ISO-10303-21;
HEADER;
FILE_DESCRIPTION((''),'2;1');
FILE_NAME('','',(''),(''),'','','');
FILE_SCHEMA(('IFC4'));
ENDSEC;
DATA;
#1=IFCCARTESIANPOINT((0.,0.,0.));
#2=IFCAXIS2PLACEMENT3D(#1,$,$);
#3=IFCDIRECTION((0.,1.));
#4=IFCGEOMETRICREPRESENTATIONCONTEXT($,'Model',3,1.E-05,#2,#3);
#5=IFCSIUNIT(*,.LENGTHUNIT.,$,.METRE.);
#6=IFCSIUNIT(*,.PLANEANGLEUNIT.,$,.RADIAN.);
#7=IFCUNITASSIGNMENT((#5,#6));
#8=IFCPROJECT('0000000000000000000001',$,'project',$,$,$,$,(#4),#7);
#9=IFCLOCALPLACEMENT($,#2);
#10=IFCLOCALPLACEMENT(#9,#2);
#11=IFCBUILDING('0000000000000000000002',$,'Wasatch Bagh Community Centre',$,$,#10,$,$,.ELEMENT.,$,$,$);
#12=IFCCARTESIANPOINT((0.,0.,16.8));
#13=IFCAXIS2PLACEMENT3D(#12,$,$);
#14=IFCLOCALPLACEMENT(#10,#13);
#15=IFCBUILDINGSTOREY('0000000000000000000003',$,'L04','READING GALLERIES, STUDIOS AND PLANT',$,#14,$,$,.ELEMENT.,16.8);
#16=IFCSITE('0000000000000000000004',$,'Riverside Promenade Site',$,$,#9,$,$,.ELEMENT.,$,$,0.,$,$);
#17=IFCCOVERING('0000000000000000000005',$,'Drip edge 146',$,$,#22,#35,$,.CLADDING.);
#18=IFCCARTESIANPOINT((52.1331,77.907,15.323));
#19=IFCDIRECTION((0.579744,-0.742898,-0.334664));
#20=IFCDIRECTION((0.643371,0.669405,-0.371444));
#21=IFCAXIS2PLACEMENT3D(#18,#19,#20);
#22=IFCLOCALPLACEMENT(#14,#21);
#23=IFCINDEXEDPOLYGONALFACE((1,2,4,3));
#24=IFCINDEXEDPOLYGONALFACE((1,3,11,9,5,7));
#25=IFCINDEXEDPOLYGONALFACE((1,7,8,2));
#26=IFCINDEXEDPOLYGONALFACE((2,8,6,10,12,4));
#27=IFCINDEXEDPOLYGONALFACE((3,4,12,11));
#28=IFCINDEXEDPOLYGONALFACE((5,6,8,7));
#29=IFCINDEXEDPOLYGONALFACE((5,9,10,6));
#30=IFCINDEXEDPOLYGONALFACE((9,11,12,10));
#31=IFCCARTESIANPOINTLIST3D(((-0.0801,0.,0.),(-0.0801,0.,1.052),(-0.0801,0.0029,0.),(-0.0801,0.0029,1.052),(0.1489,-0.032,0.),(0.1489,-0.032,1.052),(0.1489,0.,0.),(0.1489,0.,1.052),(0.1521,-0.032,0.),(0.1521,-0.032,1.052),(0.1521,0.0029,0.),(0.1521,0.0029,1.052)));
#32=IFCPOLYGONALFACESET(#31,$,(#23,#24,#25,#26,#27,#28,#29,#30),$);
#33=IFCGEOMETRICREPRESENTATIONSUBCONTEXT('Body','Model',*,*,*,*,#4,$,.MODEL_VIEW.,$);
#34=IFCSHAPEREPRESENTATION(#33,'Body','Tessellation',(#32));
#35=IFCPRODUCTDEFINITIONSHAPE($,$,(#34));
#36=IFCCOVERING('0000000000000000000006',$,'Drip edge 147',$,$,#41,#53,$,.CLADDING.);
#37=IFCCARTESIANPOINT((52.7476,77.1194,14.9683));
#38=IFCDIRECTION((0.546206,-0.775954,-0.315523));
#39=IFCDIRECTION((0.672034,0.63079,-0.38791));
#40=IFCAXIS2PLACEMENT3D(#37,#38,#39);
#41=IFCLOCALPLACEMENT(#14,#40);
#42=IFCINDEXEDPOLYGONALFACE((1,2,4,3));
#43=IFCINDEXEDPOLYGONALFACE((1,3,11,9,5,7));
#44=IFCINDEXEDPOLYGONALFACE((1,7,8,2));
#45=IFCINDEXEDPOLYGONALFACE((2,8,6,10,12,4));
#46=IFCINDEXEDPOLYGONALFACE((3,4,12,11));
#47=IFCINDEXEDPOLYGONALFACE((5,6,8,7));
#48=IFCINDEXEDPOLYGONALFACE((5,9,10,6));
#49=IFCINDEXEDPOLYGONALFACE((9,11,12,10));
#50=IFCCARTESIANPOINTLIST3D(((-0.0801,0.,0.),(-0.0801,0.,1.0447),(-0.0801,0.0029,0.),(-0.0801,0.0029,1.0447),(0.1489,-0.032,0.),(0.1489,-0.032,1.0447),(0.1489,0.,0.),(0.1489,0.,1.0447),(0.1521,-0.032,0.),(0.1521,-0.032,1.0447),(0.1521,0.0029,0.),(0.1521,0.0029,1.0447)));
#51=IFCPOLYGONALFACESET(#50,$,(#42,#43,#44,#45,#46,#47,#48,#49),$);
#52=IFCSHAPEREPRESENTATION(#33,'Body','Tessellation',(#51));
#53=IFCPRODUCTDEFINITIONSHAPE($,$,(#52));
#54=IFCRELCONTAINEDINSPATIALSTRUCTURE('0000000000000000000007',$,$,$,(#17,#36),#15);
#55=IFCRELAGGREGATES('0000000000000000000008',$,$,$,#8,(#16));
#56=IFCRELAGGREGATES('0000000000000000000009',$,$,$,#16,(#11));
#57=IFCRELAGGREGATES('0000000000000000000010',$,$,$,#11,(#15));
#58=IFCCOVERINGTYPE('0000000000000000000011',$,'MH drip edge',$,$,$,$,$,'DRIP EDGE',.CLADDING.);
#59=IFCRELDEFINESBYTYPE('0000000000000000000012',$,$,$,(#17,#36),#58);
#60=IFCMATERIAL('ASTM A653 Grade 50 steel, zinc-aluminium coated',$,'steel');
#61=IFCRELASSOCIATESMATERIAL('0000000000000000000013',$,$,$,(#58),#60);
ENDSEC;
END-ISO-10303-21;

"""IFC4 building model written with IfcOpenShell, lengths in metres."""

from ifc_helpers import new_model, si_unit, direction, frame, origin, place, context, subcontext, project, spatial, polyline, outline, extrude, material, material_profile, profile_set, type_object, element, save


model = new_model("IFC4")

# Units and contexts
model_context = context("Model", 3, precision=1e-05, world=origin(), true_north=direction((0.0, 1.0)))
body_context = subcontext(model_context, "Body", "Model", "MODEL_VIEW")
ifc_project = project(units=[si_unit("LENGTHUNIT", "METRE"), si_unit("PLANEANGLEUNIT", "RADIAN")], contexts=[model_context])

# Site, building, storey
site_placement = place(None, origin())
site = spatial("IfcSite", under=ifc_project, at=site_placement, Name="Riverside Promenade Site", CompositionType="ELEMENT", RefElevation=0.0)
building_placement = place(site_placement, origin())
building = spatial("IfcBuilding", under=site, at=building_placement, Name="Wasatch Bagh Community Centre", CompositionType="ELEMENT")
storey_placement = place(building_placement, frame((0.0, 0.0, 16.8)))
storey = spatial("IfcBuildingStorey", under=building, at=storey_placement, Name="L04", Description="READING GALLERIES, STUDIOS AND PLANT", CompositionType="ELEMENT", Elevation=16.8)

# Coverings
ifc_material_1 = material(Name="ASTM A653 Grade 50 steel, zinc-aluminium coated", Category="steel")
ifc_material_profile_1 = material_profile(ifc_material_1, outline(polyline([(-0.0801, 0.0029), (0.1521, 0.0029), (0.1521, -0.032), (0.1489, -0.032), (0.1489, 0.0), (-0.0801, 0.0), (-0.0801, 0.0029)])), Name="DRIP EDGE")
ifc_profile_set_1 = profile_set([ifc_material_profile_1], Name="ASTM A653 Grade 50 steel, zinc-aluminium coated")
covering_type_1 = type_object("IfcCoveringType", Name="MH drip edge", ElementType="DRIP EDGE", PredefinedType="CLADDING", material=ifc_profile_set_1)
covering_1_placement = place(storey_placement, frame((52.1331, 77.907, 15.323), z_axis=(0.579744, -0.742898, -0.334664), x_axis=(0.643371, 0.669405, -0.371444)))
element("IfcCovering", 1, at=covering_1_placement, inside=storey, type_object=covering_type_1, Name="Drip edge 146", PredefinedType="CLADDING", context=body_context, shape_type="SweptSolid", body=[
    extrude(outline(polyline([(-0.0801, 0.0029), (0.1521, 0.0029), (0.1521, -0.032), (0.1489, -0.032), (0.1489, 0.0), (-0.0801, 0.0), (-0.0801, 0.0029)])), origin(), (0.0, 0.0, 1.0), 1.052),
])
covering_2_placement = place(storey_placement, frame((52.7476, 77.1194, 14.9683), z_axis=(0.546206, -0.775954, -0.315523), x_axis=(0.672034, 0.63079, -0.38791)))
element("IfcCovering", 2, at=covering_2_placement, inside=storey, type_object=covering_type_1, Name="Drip edge 147", PredefinedType="CLADDING", context=body_context, shape_type="SweptSolid", body=[
    extrude(outline(polyline([(-0.0801, 0.0029), (0.1521, 0.0029), (0.1521, -0.032), (0.1489, -0.032), (0.1489, 0.0), (-0.0801, 0.0), (-0.0801, 0.0029)])), origin(), (0.0, 0.0, 1.0), 1.0447),
])

save(model, "model.ifc")
